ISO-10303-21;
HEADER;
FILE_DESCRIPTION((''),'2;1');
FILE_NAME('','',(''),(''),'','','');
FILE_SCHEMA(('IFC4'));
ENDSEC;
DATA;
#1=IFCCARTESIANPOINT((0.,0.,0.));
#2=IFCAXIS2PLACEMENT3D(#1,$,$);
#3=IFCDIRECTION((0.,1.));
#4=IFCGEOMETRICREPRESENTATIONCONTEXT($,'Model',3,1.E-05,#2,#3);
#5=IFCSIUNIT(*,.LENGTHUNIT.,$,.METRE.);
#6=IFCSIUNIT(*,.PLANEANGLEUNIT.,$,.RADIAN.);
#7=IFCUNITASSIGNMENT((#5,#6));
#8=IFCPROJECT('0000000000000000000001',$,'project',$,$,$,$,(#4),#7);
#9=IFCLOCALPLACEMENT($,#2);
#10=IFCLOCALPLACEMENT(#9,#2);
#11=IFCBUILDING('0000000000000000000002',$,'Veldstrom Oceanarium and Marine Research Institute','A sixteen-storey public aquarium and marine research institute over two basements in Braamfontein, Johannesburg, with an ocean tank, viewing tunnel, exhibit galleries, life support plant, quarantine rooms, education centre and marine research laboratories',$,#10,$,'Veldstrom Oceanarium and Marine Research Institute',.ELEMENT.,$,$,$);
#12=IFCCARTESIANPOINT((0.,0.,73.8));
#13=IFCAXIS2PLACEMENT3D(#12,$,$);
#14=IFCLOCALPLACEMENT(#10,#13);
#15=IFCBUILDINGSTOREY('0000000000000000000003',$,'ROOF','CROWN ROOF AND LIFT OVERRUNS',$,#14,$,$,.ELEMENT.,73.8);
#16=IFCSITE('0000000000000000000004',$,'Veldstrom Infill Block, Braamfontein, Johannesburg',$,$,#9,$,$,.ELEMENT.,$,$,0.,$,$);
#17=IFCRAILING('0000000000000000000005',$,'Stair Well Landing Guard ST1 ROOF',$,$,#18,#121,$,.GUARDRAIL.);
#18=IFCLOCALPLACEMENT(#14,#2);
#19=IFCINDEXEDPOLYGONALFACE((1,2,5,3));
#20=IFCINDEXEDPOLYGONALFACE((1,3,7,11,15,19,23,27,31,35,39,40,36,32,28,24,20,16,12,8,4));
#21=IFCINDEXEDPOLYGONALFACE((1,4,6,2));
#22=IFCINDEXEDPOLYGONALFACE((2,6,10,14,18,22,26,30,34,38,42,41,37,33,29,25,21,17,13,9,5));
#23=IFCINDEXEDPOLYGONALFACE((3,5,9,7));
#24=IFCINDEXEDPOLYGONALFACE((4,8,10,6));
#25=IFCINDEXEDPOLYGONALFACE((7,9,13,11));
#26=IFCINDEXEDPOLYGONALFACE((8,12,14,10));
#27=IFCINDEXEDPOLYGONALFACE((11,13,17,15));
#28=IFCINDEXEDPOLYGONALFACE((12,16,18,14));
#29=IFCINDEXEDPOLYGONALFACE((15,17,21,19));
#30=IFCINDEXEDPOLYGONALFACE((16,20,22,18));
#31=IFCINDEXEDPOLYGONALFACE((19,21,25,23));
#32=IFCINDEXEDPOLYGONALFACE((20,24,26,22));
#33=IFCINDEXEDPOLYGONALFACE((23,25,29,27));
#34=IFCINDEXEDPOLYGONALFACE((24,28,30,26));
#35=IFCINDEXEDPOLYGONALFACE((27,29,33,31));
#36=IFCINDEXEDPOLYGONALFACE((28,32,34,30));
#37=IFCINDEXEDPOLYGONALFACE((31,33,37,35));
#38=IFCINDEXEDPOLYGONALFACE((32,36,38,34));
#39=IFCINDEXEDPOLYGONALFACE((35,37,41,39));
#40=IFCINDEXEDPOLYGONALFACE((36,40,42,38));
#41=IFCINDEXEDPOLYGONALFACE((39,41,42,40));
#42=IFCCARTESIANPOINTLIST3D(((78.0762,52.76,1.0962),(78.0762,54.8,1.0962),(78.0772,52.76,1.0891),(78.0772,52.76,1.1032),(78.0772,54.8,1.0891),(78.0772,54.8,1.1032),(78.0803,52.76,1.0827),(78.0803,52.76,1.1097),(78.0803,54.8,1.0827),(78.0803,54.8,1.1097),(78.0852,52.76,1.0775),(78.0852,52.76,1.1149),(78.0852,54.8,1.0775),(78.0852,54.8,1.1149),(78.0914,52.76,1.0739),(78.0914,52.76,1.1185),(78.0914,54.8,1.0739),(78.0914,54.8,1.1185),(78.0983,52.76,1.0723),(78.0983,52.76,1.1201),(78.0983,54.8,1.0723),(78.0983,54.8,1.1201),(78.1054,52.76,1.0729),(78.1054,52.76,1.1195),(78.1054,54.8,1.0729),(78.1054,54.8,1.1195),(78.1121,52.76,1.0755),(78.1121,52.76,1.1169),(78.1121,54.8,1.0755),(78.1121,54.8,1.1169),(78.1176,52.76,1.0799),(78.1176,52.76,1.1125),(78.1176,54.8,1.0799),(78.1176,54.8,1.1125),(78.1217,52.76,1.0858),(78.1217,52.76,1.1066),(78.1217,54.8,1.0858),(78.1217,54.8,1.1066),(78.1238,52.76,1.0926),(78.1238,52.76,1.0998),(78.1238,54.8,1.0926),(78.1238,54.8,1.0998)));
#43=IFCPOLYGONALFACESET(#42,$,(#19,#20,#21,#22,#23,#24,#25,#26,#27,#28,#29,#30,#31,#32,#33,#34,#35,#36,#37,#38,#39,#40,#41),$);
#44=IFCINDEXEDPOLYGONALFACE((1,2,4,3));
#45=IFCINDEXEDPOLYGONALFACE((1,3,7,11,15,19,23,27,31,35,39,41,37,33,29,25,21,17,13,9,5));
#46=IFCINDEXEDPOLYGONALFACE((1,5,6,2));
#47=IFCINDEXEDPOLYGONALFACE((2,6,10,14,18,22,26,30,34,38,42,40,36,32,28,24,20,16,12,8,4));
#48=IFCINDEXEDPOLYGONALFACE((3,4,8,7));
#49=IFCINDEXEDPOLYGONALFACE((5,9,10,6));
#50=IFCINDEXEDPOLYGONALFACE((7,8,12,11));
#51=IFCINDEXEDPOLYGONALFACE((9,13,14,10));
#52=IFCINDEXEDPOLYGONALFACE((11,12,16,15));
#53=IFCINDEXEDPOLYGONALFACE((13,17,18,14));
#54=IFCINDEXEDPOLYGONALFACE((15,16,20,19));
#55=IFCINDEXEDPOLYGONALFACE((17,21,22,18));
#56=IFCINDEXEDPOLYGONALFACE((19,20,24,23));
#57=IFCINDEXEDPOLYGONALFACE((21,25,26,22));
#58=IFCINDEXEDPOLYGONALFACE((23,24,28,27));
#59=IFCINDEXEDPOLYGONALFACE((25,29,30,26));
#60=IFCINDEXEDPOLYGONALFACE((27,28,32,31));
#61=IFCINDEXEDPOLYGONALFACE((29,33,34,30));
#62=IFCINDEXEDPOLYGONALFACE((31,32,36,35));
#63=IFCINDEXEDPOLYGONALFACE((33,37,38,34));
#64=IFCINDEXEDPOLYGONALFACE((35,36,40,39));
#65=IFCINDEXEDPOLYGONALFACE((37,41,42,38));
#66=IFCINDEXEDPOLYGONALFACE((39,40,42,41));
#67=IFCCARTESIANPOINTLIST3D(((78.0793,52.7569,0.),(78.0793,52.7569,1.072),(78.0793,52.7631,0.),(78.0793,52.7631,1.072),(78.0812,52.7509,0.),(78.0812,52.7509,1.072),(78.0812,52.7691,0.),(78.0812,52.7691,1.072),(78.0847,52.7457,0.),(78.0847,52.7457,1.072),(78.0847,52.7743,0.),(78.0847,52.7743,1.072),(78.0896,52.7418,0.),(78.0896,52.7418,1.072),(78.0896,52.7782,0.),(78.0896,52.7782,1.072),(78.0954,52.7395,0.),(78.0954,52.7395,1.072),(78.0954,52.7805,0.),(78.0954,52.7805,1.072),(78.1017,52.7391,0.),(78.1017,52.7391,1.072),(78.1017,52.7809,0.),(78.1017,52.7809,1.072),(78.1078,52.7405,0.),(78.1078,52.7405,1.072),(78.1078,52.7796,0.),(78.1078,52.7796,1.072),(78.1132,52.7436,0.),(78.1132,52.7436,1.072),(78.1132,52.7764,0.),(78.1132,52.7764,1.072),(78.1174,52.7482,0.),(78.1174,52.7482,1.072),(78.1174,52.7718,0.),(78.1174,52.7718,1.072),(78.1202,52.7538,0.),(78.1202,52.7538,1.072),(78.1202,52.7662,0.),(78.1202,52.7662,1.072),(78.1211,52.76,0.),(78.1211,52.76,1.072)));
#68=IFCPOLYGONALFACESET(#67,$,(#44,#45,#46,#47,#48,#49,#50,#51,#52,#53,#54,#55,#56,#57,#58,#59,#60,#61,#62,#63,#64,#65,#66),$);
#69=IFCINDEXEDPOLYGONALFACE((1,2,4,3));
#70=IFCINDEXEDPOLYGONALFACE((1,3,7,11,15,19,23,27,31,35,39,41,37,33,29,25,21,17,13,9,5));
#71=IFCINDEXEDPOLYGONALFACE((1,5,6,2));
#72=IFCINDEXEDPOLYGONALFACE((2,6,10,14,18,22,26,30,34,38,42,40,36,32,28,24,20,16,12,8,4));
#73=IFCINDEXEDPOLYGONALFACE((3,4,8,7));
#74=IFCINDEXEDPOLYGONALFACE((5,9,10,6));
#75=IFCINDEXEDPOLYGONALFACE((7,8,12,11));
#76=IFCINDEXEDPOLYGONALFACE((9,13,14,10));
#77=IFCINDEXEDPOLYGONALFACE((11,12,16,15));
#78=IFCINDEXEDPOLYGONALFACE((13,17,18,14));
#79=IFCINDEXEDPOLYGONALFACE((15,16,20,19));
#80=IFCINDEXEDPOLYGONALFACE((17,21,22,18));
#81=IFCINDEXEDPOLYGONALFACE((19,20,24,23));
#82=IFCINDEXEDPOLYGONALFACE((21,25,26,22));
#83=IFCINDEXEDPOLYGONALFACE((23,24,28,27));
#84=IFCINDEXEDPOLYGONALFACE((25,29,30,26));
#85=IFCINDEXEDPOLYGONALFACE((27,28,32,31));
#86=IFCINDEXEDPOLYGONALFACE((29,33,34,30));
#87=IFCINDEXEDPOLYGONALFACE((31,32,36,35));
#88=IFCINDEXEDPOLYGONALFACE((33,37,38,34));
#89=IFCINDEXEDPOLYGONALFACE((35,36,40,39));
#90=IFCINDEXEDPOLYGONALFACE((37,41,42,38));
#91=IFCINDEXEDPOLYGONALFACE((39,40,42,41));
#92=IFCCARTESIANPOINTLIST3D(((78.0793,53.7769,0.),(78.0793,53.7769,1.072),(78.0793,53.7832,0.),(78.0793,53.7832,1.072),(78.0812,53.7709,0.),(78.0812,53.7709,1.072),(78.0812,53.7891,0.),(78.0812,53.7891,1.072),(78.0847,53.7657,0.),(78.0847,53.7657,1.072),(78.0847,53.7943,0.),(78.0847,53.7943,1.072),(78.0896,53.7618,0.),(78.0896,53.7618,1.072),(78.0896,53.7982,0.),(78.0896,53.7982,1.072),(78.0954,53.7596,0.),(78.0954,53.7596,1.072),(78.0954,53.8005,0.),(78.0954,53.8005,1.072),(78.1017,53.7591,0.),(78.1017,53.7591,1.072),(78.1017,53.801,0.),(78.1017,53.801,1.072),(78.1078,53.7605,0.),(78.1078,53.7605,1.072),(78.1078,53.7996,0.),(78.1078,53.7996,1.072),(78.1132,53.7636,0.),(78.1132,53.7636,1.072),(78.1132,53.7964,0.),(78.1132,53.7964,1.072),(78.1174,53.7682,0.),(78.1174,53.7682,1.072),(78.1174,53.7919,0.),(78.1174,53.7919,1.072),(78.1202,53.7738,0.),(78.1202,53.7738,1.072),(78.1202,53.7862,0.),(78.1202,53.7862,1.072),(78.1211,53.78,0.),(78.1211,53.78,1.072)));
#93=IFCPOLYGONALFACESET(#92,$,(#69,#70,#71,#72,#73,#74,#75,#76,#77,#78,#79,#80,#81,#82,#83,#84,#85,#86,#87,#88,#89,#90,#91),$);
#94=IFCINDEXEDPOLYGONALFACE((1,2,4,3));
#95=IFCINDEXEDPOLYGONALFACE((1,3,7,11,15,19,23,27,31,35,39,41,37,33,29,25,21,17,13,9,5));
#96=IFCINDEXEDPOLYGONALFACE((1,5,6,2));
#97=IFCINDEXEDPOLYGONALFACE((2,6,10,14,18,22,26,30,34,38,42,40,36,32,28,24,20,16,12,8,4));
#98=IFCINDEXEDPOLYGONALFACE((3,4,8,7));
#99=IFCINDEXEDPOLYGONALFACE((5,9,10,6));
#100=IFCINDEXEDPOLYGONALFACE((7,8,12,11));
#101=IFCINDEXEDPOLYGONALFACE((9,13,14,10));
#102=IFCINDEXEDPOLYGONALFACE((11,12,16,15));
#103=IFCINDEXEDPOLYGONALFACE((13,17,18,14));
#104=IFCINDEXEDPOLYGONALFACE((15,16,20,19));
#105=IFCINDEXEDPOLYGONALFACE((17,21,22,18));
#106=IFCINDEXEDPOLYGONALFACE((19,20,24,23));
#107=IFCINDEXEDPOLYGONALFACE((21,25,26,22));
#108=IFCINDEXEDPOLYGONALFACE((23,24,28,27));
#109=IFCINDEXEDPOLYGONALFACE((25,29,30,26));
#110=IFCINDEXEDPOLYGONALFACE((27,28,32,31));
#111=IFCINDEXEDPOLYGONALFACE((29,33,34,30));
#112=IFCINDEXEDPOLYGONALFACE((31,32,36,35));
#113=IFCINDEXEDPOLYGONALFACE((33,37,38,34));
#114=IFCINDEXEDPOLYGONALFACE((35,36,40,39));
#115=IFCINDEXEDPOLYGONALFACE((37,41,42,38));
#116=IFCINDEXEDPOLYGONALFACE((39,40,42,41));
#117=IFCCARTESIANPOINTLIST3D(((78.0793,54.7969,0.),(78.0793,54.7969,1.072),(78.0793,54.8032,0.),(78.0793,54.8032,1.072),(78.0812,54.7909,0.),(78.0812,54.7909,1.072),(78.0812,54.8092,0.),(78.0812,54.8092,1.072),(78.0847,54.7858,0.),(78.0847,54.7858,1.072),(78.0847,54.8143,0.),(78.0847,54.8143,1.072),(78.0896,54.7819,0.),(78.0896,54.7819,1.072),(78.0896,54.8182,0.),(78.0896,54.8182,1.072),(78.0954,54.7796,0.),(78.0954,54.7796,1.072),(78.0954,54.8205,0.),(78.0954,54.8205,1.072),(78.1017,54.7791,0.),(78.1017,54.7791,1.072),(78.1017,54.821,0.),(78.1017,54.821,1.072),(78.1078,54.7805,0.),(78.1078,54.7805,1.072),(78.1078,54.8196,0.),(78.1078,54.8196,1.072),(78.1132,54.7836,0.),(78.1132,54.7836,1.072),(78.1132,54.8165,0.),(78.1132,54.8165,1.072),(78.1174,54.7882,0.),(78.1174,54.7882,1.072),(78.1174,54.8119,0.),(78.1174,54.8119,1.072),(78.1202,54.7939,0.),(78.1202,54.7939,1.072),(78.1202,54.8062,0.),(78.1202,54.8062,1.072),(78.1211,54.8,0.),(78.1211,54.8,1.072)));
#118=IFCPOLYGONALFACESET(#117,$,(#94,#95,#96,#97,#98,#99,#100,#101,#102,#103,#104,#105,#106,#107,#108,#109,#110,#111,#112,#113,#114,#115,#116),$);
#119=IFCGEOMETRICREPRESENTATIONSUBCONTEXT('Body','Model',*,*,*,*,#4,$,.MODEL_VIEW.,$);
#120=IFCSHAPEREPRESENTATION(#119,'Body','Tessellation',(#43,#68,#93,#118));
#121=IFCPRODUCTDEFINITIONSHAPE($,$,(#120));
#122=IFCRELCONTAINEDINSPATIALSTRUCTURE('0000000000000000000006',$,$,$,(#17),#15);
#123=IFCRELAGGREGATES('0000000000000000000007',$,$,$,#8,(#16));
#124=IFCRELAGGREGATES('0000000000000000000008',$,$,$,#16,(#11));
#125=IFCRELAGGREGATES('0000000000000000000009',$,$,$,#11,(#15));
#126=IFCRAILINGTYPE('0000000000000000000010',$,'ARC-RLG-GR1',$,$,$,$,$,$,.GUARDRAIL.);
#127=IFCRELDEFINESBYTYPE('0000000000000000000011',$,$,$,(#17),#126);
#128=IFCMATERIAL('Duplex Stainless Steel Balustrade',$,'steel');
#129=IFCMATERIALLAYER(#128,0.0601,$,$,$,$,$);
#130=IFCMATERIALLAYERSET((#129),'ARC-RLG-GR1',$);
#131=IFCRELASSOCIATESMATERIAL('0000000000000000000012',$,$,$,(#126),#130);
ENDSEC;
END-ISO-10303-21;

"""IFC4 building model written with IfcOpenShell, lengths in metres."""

from ifc_helpers import new_model, si_unit, direction, frame, origin, origin_2d, place, context, subcontext, project, spatial, circle, extrude, material, layer, layer_set, type_object, element, save


model = new_model("IFC4")

# Units and contexts
model_context = context("Model", 3, precision=1e-05, world=origin(), true_north=direction((0.0, 1.0)))
body_context = subcontext(model_context, "Body", "Model", "MODEL_VIEW")
ifc_project = project(units=[si_unit("LENGTHUNIT", "METRE"), si_unit("PLANEANGLEUNIT", "RADIAN")], contexts=[model_context])

# Site, building, storey
site_placement = place(None, origin())
site = spatial("IfcSite", under=ifc_project, at=site_placement, Name="Veldstrom Infill Block, Braamfontein, Johannesburg", CompositionType="ELEMENT", RefElevation=0.0)
building_placement = place(site_placement, origin())
building = spatial("IfcBuilding", under=site, at=building_placement, Name="Veldstrom Oceanarium and Marine Research Institute", Description="A sixteen-storey public aquarium and marine research institute over two basements in Braamfontein, Johannesburg, with an ocean tank, viewing tunnel, exhibit galleries, life support plant, quarantine rooms, education centre and marine research laboratories", LongName="Veldstrom Oceanarium and Marine Research Institute", CompositionType="ELEMENT")
storey_placement = place(building_placement, frame((0.0, 0.0, 73.8)))
storey = spatial("IfcBuildingStorey", under=building, at=storey_placement, Name="ROOF", Description="CROWN ROOF AND LIFT OVERRUNS", CompositionType="ELEMENT", Elevation=73.8)

# Railing
ifc_material_1 = material(Name="Duplex Stainless Steel Balustrade", Category="steel")
ifc_layer_1 = layer(ifc_material_1, 0.0601)
ifc_layer_set_1 = layer_set([ifc_layer_1], Name="ARC-RLG-GR1")
railing_type = type_object("IfcRailingType", Name="ARC-RLG-GR1", PredefinedType="GUARDRAIL", material=ifc_layer_set_1)
for number, where, name in (
    (1, (78.1001, 52.76, 0.0), "Stair Well Landing Guard ST1 ROOF"),
):
    element("IfcRailing", number, at=place(storey_placement, frame(where)), inside=storey, type_object=railing_type, Name=name, PredefinedType="GUARDRAIL", context=body_context, shape_type="SweptSolid", body=[
        extrude(circle(Radius=0.0239, at=origin_2d()), frame((0.0, 0.0, 1.0962), z_axis=(0.0, 1.0, 0.0), x_axis=(-1.0, 0.0, 0.0)), (0.0, 0.0, 1.0), 2.04),
        extrude(circle(Radius=0.021, at=origin_2d()), origin(), (0.0, 0.0, 1.0), 1.072),
        extrude(circle(Radius=0.021, at=origin_2d()), frame((0.0, 1.02, 0.0)), (0.0, 0.0, 1.0), 1.072),
        extrude(circle(Radius=0.021, at=origin_2d()), frame((0.0, 2.04, 0.0)), (0.0, 0.0, 1.0), 1.072),
    ])

save(model, "model.ifc")
